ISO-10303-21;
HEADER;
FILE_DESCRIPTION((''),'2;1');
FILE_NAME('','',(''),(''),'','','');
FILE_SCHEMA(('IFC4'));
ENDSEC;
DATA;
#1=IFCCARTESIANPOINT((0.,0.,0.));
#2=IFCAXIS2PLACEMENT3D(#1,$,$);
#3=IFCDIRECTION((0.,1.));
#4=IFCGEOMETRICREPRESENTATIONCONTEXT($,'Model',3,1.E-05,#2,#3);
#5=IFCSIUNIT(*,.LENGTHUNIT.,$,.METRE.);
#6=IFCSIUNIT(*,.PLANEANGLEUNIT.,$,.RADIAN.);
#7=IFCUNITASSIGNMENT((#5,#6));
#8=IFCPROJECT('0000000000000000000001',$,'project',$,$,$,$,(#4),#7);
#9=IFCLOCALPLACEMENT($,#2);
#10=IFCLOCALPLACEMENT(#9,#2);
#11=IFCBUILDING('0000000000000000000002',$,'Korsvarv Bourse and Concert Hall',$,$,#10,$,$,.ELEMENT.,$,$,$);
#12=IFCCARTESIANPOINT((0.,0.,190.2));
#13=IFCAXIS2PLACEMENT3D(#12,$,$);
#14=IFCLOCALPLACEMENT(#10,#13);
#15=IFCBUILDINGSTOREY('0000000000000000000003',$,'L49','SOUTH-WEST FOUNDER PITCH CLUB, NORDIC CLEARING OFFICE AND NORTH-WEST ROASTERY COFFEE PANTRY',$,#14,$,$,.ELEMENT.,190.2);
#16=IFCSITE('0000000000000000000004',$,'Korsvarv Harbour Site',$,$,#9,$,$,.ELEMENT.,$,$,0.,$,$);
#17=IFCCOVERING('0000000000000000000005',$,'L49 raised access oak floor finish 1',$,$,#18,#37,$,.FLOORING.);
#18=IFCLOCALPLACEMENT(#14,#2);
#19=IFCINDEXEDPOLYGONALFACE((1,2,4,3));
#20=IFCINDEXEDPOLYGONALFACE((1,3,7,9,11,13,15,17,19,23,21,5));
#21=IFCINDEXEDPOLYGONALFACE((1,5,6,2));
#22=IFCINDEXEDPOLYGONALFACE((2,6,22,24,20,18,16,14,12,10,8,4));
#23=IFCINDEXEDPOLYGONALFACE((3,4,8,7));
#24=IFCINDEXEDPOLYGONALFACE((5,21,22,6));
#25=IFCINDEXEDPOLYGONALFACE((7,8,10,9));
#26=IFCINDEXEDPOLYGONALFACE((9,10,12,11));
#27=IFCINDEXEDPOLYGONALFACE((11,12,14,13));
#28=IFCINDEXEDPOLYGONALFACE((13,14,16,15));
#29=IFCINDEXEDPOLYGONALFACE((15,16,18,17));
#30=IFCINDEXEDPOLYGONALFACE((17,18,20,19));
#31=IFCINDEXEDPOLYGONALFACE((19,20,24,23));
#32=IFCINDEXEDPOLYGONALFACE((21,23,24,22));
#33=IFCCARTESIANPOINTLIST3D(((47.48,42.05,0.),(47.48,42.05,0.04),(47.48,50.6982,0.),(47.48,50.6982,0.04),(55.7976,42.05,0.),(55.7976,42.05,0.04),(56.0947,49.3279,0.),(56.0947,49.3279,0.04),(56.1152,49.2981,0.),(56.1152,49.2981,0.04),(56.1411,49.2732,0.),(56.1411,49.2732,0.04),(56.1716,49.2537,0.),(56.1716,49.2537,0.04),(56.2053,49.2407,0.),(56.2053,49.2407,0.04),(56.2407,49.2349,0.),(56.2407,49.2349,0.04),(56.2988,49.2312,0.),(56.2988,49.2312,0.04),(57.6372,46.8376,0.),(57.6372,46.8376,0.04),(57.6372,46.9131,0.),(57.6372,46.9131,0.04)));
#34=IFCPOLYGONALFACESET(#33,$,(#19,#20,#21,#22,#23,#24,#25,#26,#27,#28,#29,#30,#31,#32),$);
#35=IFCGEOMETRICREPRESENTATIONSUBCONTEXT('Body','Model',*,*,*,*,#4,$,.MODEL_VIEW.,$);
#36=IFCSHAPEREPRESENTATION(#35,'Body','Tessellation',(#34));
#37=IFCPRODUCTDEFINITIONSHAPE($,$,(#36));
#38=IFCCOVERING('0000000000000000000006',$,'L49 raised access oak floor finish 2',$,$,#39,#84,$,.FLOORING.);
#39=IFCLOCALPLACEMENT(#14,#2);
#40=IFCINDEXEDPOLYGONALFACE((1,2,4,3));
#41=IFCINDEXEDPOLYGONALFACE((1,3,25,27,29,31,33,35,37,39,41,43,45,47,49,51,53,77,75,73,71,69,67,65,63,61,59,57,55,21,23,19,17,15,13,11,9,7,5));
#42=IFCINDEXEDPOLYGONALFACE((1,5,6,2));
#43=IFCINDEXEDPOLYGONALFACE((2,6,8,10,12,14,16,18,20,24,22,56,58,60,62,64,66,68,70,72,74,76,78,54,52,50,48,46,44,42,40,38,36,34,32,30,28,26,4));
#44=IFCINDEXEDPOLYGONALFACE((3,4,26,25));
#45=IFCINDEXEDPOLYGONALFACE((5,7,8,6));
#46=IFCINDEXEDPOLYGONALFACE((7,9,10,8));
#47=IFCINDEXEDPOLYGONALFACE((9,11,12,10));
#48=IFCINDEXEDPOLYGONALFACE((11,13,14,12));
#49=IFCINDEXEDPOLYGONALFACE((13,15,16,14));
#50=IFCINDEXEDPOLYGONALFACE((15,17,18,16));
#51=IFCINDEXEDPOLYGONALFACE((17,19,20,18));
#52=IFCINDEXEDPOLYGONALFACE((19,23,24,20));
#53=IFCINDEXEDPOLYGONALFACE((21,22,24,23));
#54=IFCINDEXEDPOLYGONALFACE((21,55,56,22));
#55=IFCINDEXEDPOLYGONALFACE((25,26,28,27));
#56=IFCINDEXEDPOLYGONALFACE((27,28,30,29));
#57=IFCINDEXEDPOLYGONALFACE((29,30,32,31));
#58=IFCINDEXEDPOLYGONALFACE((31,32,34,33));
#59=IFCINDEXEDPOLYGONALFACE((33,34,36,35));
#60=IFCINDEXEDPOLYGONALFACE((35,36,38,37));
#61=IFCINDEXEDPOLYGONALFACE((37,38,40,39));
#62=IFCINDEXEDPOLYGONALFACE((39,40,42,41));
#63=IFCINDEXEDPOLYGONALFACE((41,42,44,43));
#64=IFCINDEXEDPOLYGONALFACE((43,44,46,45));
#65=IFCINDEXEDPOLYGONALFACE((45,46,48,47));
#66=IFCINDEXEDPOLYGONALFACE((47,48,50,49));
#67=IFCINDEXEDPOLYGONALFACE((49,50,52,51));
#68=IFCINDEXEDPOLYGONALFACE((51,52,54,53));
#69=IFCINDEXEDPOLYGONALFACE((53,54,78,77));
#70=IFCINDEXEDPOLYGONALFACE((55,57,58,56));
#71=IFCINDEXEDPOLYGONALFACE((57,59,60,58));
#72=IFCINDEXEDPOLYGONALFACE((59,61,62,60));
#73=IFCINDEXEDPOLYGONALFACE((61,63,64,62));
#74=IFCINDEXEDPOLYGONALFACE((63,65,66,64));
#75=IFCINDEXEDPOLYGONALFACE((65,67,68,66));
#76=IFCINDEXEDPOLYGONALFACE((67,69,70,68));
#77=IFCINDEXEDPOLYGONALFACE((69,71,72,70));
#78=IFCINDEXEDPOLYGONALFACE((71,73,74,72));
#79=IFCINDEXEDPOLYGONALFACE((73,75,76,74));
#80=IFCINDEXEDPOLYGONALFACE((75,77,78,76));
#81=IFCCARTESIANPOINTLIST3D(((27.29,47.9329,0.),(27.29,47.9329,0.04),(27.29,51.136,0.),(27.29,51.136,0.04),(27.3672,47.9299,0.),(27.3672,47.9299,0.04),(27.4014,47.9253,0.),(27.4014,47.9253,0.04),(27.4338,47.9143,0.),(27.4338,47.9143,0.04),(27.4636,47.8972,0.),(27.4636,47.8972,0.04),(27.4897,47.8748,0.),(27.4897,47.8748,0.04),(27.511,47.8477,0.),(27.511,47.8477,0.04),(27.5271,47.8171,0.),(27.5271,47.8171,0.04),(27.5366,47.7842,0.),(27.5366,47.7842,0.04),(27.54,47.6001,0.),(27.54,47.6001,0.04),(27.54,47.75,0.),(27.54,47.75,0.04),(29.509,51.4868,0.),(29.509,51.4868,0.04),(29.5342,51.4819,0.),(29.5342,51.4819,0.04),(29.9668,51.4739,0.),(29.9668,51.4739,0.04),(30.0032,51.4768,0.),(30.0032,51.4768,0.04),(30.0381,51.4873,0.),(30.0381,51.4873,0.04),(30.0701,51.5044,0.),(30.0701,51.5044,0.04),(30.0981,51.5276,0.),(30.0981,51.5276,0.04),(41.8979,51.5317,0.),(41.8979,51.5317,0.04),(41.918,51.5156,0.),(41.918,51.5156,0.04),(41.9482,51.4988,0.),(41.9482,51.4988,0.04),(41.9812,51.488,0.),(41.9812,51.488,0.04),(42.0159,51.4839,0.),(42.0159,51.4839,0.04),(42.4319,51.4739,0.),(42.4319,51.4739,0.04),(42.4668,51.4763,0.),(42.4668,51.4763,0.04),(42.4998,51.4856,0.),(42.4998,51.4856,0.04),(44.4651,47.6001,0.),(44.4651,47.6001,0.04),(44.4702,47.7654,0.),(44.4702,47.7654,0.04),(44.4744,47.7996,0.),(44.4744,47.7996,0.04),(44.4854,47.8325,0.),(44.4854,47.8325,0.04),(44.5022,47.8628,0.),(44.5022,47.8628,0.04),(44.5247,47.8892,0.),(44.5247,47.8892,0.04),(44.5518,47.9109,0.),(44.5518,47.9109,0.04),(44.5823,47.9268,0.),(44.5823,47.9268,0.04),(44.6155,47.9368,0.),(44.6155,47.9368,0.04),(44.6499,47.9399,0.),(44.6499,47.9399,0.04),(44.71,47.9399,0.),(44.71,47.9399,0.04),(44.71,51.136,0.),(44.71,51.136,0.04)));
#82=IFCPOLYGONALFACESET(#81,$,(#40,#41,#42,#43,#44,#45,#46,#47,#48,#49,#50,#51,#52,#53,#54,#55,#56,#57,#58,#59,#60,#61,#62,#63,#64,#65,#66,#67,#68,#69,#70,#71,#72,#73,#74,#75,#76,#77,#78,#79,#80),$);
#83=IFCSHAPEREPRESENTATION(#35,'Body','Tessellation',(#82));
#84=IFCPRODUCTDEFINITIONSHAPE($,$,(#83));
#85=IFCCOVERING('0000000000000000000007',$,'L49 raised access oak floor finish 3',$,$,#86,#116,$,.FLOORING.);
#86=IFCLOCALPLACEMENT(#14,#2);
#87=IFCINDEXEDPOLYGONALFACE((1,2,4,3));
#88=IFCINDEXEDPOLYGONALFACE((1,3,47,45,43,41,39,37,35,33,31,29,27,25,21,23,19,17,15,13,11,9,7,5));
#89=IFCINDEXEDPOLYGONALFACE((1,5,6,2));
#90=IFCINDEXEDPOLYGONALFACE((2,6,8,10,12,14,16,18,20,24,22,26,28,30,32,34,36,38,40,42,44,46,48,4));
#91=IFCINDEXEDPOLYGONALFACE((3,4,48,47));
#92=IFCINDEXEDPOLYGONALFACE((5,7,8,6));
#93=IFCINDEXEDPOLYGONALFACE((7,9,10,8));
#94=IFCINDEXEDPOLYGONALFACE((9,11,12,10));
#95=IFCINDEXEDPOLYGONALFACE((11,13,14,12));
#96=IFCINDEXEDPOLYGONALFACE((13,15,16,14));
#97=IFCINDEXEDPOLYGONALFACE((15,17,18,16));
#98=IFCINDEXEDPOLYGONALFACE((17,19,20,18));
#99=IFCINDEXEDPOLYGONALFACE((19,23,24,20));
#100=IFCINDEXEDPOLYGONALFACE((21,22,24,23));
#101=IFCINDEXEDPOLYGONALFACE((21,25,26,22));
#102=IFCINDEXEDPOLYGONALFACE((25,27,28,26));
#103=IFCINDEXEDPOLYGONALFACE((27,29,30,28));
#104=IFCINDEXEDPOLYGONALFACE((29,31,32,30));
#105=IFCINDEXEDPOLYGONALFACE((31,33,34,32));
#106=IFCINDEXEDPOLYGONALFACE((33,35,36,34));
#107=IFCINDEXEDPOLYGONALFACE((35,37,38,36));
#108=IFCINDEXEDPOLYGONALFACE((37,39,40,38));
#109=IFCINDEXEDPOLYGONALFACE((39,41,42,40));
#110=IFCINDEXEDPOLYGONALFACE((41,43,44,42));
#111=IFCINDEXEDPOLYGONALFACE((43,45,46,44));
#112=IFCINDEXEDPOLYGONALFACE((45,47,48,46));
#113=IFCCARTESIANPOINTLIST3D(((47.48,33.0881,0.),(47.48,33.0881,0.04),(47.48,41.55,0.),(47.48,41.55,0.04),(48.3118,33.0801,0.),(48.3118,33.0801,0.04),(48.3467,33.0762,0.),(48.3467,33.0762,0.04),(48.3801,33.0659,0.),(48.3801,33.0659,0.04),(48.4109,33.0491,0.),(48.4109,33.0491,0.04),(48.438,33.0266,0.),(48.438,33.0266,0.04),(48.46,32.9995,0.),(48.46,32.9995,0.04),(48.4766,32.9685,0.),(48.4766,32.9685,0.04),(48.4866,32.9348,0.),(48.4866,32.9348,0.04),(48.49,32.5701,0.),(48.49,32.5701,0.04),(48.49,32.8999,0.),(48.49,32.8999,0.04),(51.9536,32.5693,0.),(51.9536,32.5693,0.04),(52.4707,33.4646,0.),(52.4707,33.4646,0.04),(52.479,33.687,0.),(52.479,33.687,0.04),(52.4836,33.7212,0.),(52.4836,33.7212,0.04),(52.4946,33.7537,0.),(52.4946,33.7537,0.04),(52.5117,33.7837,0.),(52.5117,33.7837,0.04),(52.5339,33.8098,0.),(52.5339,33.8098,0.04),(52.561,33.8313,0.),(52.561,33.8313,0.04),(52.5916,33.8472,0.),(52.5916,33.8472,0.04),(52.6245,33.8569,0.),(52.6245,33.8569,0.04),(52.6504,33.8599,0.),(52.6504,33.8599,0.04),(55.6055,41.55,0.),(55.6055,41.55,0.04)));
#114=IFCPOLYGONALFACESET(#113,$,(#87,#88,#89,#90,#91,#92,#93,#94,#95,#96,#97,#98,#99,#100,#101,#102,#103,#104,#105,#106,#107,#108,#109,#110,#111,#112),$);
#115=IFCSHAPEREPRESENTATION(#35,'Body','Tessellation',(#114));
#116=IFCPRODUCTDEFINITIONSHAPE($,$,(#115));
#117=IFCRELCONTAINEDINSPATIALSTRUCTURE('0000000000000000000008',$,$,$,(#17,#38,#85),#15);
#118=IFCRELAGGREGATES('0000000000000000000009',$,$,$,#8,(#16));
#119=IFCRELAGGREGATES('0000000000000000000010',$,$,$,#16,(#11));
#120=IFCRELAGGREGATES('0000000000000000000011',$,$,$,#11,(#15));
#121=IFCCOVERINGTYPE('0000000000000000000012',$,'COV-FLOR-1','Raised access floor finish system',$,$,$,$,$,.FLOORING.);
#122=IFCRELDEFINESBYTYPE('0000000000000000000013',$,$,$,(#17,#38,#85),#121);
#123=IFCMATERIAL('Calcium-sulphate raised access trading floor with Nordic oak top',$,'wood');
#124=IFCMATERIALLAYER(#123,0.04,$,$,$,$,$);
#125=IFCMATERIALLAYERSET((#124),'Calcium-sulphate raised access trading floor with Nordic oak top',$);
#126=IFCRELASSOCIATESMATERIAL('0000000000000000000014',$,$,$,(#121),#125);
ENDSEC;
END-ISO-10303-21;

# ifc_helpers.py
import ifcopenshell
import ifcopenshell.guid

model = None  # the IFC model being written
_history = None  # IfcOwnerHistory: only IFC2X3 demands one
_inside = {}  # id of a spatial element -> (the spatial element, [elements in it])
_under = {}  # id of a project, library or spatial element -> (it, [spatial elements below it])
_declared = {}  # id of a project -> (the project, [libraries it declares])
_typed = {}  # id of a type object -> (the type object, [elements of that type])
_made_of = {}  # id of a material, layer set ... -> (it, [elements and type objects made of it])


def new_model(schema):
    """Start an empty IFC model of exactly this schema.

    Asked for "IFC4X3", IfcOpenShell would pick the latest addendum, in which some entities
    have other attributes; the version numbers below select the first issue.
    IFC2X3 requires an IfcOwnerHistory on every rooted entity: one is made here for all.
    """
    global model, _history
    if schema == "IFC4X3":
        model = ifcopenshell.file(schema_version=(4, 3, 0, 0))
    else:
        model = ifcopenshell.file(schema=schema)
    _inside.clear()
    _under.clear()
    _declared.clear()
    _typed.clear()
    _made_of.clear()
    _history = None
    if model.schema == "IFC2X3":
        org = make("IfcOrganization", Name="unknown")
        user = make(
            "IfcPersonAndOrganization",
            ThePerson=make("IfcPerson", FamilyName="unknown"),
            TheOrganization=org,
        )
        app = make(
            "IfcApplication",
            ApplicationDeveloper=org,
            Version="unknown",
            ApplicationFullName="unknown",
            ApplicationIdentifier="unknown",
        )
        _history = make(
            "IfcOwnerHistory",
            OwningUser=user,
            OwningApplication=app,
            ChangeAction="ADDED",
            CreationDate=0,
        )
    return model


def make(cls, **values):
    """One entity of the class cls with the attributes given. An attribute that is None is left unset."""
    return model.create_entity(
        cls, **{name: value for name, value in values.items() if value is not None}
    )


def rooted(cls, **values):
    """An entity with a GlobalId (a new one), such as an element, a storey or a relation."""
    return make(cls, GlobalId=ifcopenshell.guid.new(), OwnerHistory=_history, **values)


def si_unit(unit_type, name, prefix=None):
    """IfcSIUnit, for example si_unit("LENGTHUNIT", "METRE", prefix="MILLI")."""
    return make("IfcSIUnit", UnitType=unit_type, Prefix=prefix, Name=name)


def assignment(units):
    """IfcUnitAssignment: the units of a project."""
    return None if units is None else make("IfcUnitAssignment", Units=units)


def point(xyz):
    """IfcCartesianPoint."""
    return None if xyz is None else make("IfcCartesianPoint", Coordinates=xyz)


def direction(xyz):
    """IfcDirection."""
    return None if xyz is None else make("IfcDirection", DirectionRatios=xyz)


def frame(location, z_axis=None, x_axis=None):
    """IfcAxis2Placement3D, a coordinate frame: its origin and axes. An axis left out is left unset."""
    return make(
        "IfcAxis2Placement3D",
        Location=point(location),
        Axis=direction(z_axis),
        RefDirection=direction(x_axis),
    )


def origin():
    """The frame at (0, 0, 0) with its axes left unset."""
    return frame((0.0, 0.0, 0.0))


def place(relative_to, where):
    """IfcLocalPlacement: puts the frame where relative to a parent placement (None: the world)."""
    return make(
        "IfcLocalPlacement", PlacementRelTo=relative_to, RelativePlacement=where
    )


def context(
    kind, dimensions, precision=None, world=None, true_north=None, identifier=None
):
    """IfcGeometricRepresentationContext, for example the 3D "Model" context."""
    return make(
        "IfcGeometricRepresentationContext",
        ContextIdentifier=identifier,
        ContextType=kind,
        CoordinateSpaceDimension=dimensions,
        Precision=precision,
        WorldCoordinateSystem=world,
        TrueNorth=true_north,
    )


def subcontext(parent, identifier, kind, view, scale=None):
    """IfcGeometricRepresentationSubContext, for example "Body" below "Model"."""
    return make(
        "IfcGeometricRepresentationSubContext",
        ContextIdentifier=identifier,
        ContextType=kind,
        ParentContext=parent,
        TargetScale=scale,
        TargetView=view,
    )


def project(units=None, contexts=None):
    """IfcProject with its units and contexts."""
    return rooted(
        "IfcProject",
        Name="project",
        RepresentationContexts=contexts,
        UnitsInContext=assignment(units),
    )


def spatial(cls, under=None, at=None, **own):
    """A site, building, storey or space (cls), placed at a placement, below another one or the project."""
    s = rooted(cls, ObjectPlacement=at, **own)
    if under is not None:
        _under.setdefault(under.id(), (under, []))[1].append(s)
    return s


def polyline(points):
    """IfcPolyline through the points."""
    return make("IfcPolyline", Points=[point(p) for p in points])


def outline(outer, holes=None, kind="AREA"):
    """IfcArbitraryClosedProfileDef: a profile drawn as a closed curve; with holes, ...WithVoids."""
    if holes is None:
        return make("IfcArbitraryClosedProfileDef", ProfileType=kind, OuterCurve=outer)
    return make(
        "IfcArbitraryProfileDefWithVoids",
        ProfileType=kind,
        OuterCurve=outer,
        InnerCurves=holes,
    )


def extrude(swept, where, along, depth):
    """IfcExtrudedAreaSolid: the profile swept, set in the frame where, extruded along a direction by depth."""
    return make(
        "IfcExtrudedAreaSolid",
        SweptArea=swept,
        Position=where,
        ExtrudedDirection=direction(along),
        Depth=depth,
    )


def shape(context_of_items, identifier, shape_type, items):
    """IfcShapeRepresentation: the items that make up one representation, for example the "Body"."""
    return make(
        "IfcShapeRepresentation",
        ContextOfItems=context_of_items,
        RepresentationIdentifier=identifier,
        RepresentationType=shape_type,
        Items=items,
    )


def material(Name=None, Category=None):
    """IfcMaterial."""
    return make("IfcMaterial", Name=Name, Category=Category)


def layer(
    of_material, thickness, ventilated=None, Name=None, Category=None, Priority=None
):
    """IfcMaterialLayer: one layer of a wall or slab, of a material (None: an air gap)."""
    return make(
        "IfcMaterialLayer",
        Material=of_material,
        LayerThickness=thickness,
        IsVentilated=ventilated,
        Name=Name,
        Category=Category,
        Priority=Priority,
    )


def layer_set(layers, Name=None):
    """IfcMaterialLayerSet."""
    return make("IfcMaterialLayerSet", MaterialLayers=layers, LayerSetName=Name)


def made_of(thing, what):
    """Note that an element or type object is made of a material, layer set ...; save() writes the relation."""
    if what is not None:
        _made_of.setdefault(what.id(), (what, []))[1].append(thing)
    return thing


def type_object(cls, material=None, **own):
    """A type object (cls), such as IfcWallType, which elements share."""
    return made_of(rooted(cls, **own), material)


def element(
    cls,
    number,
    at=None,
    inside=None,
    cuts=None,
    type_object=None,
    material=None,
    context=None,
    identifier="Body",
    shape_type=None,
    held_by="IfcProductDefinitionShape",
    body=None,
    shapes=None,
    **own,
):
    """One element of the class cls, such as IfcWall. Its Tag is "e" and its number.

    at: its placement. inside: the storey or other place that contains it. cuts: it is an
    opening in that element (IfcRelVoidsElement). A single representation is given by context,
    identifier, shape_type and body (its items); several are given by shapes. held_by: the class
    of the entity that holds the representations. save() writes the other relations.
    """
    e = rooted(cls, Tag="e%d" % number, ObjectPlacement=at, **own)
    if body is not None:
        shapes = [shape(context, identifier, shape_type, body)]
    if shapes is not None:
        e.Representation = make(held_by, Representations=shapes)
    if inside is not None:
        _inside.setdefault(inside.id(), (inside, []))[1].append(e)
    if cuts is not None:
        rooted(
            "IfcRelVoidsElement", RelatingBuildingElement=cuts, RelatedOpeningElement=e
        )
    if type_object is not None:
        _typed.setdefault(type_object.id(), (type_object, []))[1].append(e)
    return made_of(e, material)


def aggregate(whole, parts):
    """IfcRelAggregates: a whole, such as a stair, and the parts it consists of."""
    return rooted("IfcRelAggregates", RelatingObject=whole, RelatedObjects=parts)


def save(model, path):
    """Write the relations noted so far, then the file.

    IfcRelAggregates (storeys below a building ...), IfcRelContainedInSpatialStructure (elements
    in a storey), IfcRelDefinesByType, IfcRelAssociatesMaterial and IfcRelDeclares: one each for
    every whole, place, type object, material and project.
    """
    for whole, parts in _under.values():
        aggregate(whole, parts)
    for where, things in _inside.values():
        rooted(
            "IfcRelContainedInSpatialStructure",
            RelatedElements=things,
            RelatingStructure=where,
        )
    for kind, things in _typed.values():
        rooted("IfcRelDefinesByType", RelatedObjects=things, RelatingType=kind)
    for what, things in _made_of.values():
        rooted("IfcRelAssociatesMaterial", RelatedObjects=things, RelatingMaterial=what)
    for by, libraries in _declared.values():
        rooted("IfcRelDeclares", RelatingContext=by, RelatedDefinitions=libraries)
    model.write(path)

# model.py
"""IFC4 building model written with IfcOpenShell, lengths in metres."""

from ifc_helpers import new_model, si_unit, direction, frame, origin, place, context, subcontext, project, spatial, polyline, outline, extrude, material, layer, layer_set, type_object, element, save


model = new_model("IFC4")

# Units and contexts
model_context = context("Model", 3, precision=1e-05, world=origin(), true_north=direction((0.0, 1.0)))
body_context = subcontext(model_context, "Body", "Model", "MODEL_VIEW")
ifc_project = project(units=[si_unit("LENGTHUNIT", "METRE"), si_unit("PLANEANGLEUNIT", "RADIAN")], contexts=[model_context])

# Site, building, storey
site_placement = place(None, origin())
site = spatial("IfcSite", under=ifc_project, at=site_placement, Name="Korsvarv Harbour Site", CompositionType="ELEMENT", RefElevation=0.0)
building_placement = place(site_placement, origin())
building = spatial("IfcBuilding", under=site, at=building_placement, Name="Korsvarv Bourse and Concert Hall", CompositionType="ELEMENT")
storey_placement = place(building_placement, frame((0.0, 0.0, 190.2)))
storey = spatial("IfcBuildingStorey", under=building, at=storey_placement, Name="L49", Description="SOUTH-WEST FOUNDER PITCH CLUB, NORDIC CLEARING OFFICE AND NORTH-WEST ROASTERY COFFEE PANTRY", CompositionType="ELEMENT", Elevation=190.2)

# Coverings
ifc_material_1 = material(Name="Calcium-sulphate raised access trading floor with Nordic oak top", Category="wood")
ifc_layer_1 = layer(ifc_material_1, 0.04)
ifc_layer_set_1 = layer_set([ifc_layer_1], Name="Calcium-sulphate raised access trading floor with Nordic oak top")
covering_type_1 = type_object("IfcCoveringType", Name="COV-FLOR-1", Description="Raised access floor finish system", PredefinedType="FLOORING", material=ifc_layer_set_1)
covering_1_placement = place(storey_placement, origin())
element("IfcCovering", 1, at=covering_1_placement, inside=storey, type_object=covering_type_1, Name="L49 raised access oak floor finish 1", PredefinedType="FLOORING", context=body_context, shape_type="SweptSolid", body=[
    extrude(outline(polyline([(56.0947, 49.3279), (56.1152, 49.2981), (56.1411, 49.2732), (56.1716, 49.2537), (56.2053, 49.2407), (56.2407, 49.2349), (56.2988, 49.2312), (57.6372, 46.9131), (57.6372, 46.8376), (55.7976, 42.05), (47.48, 42.05), (47.48, 50.6982), (56.0947, 49.3279)])), origin(), (0.0, 0.0, 1.0), 0.04),
])
covering_2_placement = place(storey_placement, origin())
element("IfcCovering", 2, at=covering_2_placement, inside=storey, type_object=covering_type_1, Name="L49 raised access oak floor finish 2", PredefinedType="FLOORING", context=body_context, shape_type="SweptSolid", body=[
    extrude(outline(polyline([(29.509, 51.4868), (29.5342, 51.4819), (29.9668, 51.4739), (30.0032, 51.4768), (30.0381, 51.4873), (30.0701, 51.5044), (30.0981, 51.5276), (41.8979, 51.5317), (41.918, 51.5156), (41.9482, 51.4988), (41.9812, 51.488), (42.0159, 51.4839), (42.4319, 51.4739), (42.4668, 51.4763), (42.4998, 51.4856), (44.71, 51.136), (44.71, 47.9399), (44.6499, 47.9399), (44.6155, 47.9368), (44.5823, 47.9268), (44.5518, 47.9109), (44.5247, 47.8892), (44.5022, 47.8628), (44.4854, 47.8325), (44.4744, 47.7996), (44.4702, 47.7654), (44.4651, 47.6001), (27.54, 47.6001), (27.54, 47.75), (27.5366, 47.7842), (27.5271, 47.8171), (27.511, 47.8477), (27.4897, 47.8748), (27.4636, 47.8972), (27.4338, 47.9143), (27.4014, 47.9253), (27.3672, 47.9299), (27.29, 47.9329), (27.29, 51.136), (29.509, 51.4868)])), origin(), (0.0, 0.0, 1.0), 0.04),
])
covering_3_placement = place(storey_placement, origin())
element("IfcCovering", 3, at=covering_3_placement, inside=storey, type_object=covering_type_1, Name="L49 raised access oak floor finish 3", PredefinedType="FLOORING", context=body_context, shape_type="SweptSolid", body=[
    extrude(outline(polyline([(48.49, 32.5701), (48.49, 32.8999), (48.4866, 32.9348), (48.4766, 32.9685), (48.46, 32.9995), (48.438, 33.0266), (48.4109, 33.0491), (48.3801, 33.0659), (48.3467, 33.0762), (48.3118, 33.0801), (47.48, 33.0881), (47.48, 41.55), (55.6055, 41.55), (52.6504, 33.8599), (52.6245, 33.8569), (52.5916, 33.8472), (52.561, 33.8313), (52.5339, 33.8098), (52.5117, 33.7837), (52.4946, 33.7537), (52.4836, 33.7212), (52.479, 33.687), (52.4707, 33.4646), (51.9536, 32.5693), (48.49, 32.5701)])), origin(), (0.0, 0.0, 1.0), 0.04),
])

save(model, "model.ifc")
